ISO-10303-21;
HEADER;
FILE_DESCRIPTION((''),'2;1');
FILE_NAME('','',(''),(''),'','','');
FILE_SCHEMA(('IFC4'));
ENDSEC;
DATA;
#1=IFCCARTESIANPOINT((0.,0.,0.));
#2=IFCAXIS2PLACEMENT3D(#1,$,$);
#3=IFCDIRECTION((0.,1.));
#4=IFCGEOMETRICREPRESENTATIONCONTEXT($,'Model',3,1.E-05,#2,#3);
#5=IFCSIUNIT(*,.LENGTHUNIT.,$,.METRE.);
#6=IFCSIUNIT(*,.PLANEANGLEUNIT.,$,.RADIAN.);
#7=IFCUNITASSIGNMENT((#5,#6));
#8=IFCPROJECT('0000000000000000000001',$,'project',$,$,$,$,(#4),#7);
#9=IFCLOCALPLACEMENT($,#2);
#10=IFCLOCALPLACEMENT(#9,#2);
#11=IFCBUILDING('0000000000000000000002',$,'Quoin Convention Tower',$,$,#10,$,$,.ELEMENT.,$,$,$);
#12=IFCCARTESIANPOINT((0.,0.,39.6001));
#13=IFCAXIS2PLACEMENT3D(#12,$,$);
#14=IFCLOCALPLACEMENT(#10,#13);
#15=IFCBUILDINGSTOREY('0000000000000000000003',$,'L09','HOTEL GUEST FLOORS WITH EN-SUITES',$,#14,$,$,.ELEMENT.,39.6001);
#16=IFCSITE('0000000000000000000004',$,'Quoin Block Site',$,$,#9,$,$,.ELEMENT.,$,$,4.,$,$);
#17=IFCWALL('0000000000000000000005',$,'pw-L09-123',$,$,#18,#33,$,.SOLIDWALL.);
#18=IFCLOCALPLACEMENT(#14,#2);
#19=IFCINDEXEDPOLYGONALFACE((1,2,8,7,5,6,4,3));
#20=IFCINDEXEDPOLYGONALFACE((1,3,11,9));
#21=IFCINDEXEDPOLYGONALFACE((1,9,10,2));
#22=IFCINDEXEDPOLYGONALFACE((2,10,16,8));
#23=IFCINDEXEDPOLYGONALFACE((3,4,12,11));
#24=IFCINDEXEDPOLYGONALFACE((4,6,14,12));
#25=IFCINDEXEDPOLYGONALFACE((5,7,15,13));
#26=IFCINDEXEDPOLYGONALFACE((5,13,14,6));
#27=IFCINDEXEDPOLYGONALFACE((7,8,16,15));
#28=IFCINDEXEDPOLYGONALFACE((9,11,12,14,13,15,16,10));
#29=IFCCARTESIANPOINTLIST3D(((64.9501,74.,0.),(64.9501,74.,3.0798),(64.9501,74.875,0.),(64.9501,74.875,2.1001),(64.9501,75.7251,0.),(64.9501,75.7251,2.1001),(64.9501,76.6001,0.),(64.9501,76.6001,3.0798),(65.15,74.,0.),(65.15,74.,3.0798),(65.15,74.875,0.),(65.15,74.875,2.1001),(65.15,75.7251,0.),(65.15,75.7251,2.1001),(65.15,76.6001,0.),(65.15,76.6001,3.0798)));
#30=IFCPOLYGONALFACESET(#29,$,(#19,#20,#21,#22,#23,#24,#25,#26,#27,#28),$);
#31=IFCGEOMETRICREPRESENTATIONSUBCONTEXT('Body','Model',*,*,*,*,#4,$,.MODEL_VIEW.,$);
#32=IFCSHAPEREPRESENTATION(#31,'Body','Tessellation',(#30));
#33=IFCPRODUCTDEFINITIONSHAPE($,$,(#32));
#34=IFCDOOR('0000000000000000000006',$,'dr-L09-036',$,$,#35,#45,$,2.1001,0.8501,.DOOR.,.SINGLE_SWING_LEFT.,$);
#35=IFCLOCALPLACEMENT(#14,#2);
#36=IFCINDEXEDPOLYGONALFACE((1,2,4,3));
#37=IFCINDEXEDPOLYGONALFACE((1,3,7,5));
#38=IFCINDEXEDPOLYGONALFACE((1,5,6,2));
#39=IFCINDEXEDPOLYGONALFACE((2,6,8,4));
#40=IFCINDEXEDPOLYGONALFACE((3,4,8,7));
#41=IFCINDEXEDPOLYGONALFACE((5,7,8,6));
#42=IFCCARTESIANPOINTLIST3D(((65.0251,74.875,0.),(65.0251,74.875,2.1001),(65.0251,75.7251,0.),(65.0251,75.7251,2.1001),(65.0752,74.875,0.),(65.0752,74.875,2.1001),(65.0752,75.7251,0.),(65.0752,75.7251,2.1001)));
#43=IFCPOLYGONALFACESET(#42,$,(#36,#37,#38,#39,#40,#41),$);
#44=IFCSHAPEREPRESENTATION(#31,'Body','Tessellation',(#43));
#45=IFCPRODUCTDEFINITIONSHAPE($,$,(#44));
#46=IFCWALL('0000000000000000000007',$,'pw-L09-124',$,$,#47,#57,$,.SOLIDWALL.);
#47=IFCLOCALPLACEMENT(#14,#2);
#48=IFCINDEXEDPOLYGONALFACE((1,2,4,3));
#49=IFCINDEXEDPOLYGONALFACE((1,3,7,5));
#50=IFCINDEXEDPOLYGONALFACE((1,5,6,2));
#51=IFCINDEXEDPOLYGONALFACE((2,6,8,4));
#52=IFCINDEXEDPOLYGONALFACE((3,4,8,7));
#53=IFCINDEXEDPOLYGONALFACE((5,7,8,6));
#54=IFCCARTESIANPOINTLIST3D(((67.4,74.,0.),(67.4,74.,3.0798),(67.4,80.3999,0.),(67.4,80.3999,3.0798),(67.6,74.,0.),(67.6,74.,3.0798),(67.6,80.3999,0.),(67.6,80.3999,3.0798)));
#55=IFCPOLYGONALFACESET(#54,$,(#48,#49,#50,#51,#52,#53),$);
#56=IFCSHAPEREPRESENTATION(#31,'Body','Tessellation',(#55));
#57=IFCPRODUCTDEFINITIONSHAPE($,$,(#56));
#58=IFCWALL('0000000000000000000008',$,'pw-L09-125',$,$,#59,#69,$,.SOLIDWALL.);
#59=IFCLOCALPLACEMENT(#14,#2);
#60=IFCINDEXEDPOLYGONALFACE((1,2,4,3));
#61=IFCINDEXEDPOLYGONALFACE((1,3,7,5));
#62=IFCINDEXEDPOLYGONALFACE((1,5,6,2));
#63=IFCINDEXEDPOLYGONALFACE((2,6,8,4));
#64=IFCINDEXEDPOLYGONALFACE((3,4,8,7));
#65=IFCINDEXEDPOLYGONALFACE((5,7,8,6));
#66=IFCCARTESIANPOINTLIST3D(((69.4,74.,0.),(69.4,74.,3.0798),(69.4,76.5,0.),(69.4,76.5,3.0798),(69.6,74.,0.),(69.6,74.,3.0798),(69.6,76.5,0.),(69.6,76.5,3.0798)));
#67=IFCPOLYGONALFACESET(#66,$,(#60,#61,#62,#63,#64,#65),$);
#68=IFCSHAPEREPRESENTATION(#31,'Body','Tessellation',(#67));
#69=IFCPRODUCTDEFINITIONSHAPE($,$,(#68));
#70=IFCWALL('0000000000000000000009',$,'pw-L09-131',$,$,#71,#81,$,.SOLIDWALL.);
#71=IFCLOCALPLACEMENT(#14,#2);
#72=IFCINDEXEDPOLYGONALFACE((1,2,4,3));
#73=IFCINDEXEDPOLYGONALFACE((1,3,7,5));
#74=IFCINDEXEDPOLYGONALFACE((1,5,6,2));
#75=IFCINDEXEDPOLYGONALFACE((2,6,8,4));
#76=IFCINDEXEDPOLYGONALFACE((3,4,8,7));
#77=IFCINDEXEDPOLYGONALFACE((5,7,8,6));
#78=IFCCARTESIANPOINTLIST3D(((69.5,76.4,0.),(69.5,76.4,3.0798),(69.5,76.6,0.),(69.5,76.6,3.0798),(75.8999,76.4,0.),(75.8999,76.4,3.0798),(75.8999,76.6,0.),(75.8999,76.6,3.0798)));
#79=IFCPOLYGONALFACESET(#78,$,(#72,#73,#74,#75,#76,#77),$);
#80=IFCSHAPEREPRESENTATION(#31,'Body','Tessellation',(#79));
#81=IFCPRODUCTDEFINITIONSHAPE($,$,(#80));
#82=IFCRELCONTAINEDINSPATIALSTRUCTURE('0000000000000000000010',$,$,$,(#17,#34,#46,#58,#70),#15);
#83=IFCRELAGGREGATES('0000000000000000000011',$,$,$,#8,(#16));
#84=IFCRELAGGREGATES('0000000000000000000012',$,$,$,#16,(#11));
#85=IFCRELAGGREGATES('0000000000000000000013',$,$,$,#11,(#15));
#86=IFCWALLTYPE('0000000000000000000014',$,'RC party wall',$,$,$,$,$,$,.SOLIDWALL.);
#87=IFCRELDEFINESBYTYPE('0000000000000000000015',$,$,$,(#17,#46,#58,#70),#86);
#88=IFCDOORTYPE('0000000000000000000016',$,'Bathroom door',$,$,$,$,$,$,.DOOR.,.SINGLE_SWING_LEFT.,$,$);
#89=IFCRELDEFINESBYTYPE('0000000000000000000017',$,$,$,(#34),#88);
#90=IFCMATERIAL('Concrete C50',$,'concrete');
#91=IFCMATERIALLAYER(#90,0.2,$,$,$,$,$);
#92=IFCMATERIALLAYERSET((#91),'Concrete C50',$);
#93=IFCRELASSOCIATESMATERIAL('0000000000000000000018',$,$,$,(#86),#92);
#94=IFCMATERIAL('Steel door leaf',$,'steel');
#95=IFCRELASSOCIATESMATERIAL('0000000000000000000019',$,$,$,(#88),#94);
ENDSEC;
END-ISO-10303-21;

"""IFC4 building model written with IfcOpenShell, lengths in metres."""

from ifc_helpers import new_model, si_unit, direction, frame, frame_2d, origin, place, context, subcontext, project, spatial, rectangle, extrude, material, layer, layer_set, type_object, element, fill, save


model = new_model("IFC4")

# Units and contexts
model_context = context("Model", 3, precision=1e-05, world=origin(), true_north=direction((0.0, 1.0)))
body_context = subcontext(model_context, "Body", "Model", "MODEL_VIEW")
ifc_project = project(units=[si_unit("LENGTHUNIT", "METRE"), si_unit("PLANEANGLEUNIT", "RADIAN")], contexts=[model_context])

# Site, building, storey
site_placement = place(None, origin())
site = spatial("IfcSite", under=ifc_project, at=site_placement, Name="Quoin Block Site", CompositionType="ELEMENT", RefElevation=4.0)
building_placement = place(site_placement, origin())
building = spatial("IfcBuilding", under=site, at=building_placement, Name="Quoin Convention Tower", CompositionType="ELEMENT")
storey_placement = place(building_placement, frame((0.0, 0.0, 39.6001)))
storey = spatial("IfcBuildingStorey", under=building, at=storey_placement, Name="L09", Description="HOTEL GUEST FLOORS WITH EN-SUITES", CompositionType="ELEMENT", Elevation=39.6001)

# Shared definitions
ifc_material_1 = material(Name="Concrete C50", Category="concrete")
ifc_layer = layer(ifc_material_1, 0.2)
ifc_layer_set = layer_set([ifc_layer], Name="Concrete C50")
wall_type = type_object("IfcWallType", Name="RC party wall", PredefinedType="SOLIDWALL", material=ifc_layer_set)
ifc_material_2 = material(Name="Steel door leaf", Category="steel")
door_type = type_object("IfcDoorType", Name="Bathroom door", OperationType="SINGLE_SWING_LEFT", PredefinedType="DOOR", material=ifc_material_2)

# Wall, opening, door
wall_1_placement = place(storey_placement, frame((65.05, 74.0, 0.0), z_axis=(0.0, 0.0, 1.0), x_axis=(0.0, 1.0, 0.0)))
wall_1 = element("IfcWall", 1, at=wall_1_placement, inside=storey, type_object=wall_type, Name="pw-L09-123", PredefinedType="SOLIDWALL", context=body_context, shape_type="SweptSolid", body=[
    extrude(rectangle(XDim=2.6001, YDim=0.2, at=frame_2d((1.3, 0.0))), origin(), (0.0, 0.0, 1.0), 3.0798),
])
opening_1_placement = place(wall_1_placement, frame((0.875, 0.0, 0.0)))
opening_1 = element("IfcOpeningElement", 2, at=opening_1_placement, cuts=wall_1, PredefinedType="OPENING", context=body_context, shape_type="SweptSolid", body=[
    extrude(rectangle(XDim=0.8501, YDim=2.1001, at=frame_2d((0.425, 1.05))), frame((0.0, 0.1099, 0.0), z_axis=(0.0, -1.0, 0.0), x_axis=(1.0, 0.0, 0.0)), (0.0, 0.0, 1.0), 0.22),
])
door_1_placement = place(opening_1_placement, origin())
door_1 = element("IfcDoor", 3, at=door_1_placement, inside=storey, type_object=door_type, Name="dr-L09-036", OperationType="SINGLE_SWING_LEFT", OverallHeight=2.1001, OverallWidth=0.8501, PredefinedType="DOOR", context=body_context, shape_type="SweptSolid", body=[
    extrude(rectangle(XDim=0.8501, YDim=2.1001, at=frame_2d((0.425, 1.05))), frame((0.0, 0.0249, 0.0), z_axis=(0.0, -1.0, 0.0), x_axis=(1.0, 0.0, 0.0)), (0.0, 0.0, 1.0), 0.05),
])
fill(opening_1, door_1)

# Walls
wall_2_placement = place(storey_placement, frame((67.5, 74.0, 0.0), z_axis=(0.0, 0.0, 1.0), x_axis=(0.0, 1.0, 0.0)))
element("IfcWall", 4, at=wall_2_placement, inside=storey, type_object=wall_type, Name="pw-L09-124", PredefinedType="SOLIDWALL", context=body_context, shape_type="SweptSolid", body=[
    extrude(rectangle(XDim=6.3999, YDim=0.2, at=frame_2d((3.2, 0.0))), origin(), (0.0, 0.0, 1.0), 3.0798),
])
wall_3_placement = place(storey_placement, frame((69.5, 74.0, 0.0), z_axis=(0.0, 0.0, 1.0), x_axis=(0.0, 1.0, 0.0)))
element("IfcWall", 5, at=wall_3_placement, inside=storey, type_object=wall_type, Name="pw-L09-125", PredefinedType="SOLIDWALL", context=body_context, shape_type="SweptSolid", body=[
    extrude(rectangle(XDim=2.5, YDim=0.2, at=frame_2d((1.25, 0.0))), origin(), (0.0, 0.0, 1.0), 3.0798),
])
wall_4_placement = place(storey_placement, frame((69.5, 76.5, 0.0), z_axis=(0.0, 0.0, 1.0), x_axis=(1.0, 0.0, 0.0)))
element("IfcWall", 6, at=wall_4_placement, inside=storey, type_object=wall_type, Name="pw-L09-131", PredefinedType="SOLIDWALL", context=body_context, shape_type="SweptSolid", body=[
    extrude(rectangle(XDim=6.3999, YDim=0.2, at=frame_2d((3.2, 0.0))), origin(), (0.0, 0.0, 1.0), 3.0798),
])

save(model, "model.ifc")
